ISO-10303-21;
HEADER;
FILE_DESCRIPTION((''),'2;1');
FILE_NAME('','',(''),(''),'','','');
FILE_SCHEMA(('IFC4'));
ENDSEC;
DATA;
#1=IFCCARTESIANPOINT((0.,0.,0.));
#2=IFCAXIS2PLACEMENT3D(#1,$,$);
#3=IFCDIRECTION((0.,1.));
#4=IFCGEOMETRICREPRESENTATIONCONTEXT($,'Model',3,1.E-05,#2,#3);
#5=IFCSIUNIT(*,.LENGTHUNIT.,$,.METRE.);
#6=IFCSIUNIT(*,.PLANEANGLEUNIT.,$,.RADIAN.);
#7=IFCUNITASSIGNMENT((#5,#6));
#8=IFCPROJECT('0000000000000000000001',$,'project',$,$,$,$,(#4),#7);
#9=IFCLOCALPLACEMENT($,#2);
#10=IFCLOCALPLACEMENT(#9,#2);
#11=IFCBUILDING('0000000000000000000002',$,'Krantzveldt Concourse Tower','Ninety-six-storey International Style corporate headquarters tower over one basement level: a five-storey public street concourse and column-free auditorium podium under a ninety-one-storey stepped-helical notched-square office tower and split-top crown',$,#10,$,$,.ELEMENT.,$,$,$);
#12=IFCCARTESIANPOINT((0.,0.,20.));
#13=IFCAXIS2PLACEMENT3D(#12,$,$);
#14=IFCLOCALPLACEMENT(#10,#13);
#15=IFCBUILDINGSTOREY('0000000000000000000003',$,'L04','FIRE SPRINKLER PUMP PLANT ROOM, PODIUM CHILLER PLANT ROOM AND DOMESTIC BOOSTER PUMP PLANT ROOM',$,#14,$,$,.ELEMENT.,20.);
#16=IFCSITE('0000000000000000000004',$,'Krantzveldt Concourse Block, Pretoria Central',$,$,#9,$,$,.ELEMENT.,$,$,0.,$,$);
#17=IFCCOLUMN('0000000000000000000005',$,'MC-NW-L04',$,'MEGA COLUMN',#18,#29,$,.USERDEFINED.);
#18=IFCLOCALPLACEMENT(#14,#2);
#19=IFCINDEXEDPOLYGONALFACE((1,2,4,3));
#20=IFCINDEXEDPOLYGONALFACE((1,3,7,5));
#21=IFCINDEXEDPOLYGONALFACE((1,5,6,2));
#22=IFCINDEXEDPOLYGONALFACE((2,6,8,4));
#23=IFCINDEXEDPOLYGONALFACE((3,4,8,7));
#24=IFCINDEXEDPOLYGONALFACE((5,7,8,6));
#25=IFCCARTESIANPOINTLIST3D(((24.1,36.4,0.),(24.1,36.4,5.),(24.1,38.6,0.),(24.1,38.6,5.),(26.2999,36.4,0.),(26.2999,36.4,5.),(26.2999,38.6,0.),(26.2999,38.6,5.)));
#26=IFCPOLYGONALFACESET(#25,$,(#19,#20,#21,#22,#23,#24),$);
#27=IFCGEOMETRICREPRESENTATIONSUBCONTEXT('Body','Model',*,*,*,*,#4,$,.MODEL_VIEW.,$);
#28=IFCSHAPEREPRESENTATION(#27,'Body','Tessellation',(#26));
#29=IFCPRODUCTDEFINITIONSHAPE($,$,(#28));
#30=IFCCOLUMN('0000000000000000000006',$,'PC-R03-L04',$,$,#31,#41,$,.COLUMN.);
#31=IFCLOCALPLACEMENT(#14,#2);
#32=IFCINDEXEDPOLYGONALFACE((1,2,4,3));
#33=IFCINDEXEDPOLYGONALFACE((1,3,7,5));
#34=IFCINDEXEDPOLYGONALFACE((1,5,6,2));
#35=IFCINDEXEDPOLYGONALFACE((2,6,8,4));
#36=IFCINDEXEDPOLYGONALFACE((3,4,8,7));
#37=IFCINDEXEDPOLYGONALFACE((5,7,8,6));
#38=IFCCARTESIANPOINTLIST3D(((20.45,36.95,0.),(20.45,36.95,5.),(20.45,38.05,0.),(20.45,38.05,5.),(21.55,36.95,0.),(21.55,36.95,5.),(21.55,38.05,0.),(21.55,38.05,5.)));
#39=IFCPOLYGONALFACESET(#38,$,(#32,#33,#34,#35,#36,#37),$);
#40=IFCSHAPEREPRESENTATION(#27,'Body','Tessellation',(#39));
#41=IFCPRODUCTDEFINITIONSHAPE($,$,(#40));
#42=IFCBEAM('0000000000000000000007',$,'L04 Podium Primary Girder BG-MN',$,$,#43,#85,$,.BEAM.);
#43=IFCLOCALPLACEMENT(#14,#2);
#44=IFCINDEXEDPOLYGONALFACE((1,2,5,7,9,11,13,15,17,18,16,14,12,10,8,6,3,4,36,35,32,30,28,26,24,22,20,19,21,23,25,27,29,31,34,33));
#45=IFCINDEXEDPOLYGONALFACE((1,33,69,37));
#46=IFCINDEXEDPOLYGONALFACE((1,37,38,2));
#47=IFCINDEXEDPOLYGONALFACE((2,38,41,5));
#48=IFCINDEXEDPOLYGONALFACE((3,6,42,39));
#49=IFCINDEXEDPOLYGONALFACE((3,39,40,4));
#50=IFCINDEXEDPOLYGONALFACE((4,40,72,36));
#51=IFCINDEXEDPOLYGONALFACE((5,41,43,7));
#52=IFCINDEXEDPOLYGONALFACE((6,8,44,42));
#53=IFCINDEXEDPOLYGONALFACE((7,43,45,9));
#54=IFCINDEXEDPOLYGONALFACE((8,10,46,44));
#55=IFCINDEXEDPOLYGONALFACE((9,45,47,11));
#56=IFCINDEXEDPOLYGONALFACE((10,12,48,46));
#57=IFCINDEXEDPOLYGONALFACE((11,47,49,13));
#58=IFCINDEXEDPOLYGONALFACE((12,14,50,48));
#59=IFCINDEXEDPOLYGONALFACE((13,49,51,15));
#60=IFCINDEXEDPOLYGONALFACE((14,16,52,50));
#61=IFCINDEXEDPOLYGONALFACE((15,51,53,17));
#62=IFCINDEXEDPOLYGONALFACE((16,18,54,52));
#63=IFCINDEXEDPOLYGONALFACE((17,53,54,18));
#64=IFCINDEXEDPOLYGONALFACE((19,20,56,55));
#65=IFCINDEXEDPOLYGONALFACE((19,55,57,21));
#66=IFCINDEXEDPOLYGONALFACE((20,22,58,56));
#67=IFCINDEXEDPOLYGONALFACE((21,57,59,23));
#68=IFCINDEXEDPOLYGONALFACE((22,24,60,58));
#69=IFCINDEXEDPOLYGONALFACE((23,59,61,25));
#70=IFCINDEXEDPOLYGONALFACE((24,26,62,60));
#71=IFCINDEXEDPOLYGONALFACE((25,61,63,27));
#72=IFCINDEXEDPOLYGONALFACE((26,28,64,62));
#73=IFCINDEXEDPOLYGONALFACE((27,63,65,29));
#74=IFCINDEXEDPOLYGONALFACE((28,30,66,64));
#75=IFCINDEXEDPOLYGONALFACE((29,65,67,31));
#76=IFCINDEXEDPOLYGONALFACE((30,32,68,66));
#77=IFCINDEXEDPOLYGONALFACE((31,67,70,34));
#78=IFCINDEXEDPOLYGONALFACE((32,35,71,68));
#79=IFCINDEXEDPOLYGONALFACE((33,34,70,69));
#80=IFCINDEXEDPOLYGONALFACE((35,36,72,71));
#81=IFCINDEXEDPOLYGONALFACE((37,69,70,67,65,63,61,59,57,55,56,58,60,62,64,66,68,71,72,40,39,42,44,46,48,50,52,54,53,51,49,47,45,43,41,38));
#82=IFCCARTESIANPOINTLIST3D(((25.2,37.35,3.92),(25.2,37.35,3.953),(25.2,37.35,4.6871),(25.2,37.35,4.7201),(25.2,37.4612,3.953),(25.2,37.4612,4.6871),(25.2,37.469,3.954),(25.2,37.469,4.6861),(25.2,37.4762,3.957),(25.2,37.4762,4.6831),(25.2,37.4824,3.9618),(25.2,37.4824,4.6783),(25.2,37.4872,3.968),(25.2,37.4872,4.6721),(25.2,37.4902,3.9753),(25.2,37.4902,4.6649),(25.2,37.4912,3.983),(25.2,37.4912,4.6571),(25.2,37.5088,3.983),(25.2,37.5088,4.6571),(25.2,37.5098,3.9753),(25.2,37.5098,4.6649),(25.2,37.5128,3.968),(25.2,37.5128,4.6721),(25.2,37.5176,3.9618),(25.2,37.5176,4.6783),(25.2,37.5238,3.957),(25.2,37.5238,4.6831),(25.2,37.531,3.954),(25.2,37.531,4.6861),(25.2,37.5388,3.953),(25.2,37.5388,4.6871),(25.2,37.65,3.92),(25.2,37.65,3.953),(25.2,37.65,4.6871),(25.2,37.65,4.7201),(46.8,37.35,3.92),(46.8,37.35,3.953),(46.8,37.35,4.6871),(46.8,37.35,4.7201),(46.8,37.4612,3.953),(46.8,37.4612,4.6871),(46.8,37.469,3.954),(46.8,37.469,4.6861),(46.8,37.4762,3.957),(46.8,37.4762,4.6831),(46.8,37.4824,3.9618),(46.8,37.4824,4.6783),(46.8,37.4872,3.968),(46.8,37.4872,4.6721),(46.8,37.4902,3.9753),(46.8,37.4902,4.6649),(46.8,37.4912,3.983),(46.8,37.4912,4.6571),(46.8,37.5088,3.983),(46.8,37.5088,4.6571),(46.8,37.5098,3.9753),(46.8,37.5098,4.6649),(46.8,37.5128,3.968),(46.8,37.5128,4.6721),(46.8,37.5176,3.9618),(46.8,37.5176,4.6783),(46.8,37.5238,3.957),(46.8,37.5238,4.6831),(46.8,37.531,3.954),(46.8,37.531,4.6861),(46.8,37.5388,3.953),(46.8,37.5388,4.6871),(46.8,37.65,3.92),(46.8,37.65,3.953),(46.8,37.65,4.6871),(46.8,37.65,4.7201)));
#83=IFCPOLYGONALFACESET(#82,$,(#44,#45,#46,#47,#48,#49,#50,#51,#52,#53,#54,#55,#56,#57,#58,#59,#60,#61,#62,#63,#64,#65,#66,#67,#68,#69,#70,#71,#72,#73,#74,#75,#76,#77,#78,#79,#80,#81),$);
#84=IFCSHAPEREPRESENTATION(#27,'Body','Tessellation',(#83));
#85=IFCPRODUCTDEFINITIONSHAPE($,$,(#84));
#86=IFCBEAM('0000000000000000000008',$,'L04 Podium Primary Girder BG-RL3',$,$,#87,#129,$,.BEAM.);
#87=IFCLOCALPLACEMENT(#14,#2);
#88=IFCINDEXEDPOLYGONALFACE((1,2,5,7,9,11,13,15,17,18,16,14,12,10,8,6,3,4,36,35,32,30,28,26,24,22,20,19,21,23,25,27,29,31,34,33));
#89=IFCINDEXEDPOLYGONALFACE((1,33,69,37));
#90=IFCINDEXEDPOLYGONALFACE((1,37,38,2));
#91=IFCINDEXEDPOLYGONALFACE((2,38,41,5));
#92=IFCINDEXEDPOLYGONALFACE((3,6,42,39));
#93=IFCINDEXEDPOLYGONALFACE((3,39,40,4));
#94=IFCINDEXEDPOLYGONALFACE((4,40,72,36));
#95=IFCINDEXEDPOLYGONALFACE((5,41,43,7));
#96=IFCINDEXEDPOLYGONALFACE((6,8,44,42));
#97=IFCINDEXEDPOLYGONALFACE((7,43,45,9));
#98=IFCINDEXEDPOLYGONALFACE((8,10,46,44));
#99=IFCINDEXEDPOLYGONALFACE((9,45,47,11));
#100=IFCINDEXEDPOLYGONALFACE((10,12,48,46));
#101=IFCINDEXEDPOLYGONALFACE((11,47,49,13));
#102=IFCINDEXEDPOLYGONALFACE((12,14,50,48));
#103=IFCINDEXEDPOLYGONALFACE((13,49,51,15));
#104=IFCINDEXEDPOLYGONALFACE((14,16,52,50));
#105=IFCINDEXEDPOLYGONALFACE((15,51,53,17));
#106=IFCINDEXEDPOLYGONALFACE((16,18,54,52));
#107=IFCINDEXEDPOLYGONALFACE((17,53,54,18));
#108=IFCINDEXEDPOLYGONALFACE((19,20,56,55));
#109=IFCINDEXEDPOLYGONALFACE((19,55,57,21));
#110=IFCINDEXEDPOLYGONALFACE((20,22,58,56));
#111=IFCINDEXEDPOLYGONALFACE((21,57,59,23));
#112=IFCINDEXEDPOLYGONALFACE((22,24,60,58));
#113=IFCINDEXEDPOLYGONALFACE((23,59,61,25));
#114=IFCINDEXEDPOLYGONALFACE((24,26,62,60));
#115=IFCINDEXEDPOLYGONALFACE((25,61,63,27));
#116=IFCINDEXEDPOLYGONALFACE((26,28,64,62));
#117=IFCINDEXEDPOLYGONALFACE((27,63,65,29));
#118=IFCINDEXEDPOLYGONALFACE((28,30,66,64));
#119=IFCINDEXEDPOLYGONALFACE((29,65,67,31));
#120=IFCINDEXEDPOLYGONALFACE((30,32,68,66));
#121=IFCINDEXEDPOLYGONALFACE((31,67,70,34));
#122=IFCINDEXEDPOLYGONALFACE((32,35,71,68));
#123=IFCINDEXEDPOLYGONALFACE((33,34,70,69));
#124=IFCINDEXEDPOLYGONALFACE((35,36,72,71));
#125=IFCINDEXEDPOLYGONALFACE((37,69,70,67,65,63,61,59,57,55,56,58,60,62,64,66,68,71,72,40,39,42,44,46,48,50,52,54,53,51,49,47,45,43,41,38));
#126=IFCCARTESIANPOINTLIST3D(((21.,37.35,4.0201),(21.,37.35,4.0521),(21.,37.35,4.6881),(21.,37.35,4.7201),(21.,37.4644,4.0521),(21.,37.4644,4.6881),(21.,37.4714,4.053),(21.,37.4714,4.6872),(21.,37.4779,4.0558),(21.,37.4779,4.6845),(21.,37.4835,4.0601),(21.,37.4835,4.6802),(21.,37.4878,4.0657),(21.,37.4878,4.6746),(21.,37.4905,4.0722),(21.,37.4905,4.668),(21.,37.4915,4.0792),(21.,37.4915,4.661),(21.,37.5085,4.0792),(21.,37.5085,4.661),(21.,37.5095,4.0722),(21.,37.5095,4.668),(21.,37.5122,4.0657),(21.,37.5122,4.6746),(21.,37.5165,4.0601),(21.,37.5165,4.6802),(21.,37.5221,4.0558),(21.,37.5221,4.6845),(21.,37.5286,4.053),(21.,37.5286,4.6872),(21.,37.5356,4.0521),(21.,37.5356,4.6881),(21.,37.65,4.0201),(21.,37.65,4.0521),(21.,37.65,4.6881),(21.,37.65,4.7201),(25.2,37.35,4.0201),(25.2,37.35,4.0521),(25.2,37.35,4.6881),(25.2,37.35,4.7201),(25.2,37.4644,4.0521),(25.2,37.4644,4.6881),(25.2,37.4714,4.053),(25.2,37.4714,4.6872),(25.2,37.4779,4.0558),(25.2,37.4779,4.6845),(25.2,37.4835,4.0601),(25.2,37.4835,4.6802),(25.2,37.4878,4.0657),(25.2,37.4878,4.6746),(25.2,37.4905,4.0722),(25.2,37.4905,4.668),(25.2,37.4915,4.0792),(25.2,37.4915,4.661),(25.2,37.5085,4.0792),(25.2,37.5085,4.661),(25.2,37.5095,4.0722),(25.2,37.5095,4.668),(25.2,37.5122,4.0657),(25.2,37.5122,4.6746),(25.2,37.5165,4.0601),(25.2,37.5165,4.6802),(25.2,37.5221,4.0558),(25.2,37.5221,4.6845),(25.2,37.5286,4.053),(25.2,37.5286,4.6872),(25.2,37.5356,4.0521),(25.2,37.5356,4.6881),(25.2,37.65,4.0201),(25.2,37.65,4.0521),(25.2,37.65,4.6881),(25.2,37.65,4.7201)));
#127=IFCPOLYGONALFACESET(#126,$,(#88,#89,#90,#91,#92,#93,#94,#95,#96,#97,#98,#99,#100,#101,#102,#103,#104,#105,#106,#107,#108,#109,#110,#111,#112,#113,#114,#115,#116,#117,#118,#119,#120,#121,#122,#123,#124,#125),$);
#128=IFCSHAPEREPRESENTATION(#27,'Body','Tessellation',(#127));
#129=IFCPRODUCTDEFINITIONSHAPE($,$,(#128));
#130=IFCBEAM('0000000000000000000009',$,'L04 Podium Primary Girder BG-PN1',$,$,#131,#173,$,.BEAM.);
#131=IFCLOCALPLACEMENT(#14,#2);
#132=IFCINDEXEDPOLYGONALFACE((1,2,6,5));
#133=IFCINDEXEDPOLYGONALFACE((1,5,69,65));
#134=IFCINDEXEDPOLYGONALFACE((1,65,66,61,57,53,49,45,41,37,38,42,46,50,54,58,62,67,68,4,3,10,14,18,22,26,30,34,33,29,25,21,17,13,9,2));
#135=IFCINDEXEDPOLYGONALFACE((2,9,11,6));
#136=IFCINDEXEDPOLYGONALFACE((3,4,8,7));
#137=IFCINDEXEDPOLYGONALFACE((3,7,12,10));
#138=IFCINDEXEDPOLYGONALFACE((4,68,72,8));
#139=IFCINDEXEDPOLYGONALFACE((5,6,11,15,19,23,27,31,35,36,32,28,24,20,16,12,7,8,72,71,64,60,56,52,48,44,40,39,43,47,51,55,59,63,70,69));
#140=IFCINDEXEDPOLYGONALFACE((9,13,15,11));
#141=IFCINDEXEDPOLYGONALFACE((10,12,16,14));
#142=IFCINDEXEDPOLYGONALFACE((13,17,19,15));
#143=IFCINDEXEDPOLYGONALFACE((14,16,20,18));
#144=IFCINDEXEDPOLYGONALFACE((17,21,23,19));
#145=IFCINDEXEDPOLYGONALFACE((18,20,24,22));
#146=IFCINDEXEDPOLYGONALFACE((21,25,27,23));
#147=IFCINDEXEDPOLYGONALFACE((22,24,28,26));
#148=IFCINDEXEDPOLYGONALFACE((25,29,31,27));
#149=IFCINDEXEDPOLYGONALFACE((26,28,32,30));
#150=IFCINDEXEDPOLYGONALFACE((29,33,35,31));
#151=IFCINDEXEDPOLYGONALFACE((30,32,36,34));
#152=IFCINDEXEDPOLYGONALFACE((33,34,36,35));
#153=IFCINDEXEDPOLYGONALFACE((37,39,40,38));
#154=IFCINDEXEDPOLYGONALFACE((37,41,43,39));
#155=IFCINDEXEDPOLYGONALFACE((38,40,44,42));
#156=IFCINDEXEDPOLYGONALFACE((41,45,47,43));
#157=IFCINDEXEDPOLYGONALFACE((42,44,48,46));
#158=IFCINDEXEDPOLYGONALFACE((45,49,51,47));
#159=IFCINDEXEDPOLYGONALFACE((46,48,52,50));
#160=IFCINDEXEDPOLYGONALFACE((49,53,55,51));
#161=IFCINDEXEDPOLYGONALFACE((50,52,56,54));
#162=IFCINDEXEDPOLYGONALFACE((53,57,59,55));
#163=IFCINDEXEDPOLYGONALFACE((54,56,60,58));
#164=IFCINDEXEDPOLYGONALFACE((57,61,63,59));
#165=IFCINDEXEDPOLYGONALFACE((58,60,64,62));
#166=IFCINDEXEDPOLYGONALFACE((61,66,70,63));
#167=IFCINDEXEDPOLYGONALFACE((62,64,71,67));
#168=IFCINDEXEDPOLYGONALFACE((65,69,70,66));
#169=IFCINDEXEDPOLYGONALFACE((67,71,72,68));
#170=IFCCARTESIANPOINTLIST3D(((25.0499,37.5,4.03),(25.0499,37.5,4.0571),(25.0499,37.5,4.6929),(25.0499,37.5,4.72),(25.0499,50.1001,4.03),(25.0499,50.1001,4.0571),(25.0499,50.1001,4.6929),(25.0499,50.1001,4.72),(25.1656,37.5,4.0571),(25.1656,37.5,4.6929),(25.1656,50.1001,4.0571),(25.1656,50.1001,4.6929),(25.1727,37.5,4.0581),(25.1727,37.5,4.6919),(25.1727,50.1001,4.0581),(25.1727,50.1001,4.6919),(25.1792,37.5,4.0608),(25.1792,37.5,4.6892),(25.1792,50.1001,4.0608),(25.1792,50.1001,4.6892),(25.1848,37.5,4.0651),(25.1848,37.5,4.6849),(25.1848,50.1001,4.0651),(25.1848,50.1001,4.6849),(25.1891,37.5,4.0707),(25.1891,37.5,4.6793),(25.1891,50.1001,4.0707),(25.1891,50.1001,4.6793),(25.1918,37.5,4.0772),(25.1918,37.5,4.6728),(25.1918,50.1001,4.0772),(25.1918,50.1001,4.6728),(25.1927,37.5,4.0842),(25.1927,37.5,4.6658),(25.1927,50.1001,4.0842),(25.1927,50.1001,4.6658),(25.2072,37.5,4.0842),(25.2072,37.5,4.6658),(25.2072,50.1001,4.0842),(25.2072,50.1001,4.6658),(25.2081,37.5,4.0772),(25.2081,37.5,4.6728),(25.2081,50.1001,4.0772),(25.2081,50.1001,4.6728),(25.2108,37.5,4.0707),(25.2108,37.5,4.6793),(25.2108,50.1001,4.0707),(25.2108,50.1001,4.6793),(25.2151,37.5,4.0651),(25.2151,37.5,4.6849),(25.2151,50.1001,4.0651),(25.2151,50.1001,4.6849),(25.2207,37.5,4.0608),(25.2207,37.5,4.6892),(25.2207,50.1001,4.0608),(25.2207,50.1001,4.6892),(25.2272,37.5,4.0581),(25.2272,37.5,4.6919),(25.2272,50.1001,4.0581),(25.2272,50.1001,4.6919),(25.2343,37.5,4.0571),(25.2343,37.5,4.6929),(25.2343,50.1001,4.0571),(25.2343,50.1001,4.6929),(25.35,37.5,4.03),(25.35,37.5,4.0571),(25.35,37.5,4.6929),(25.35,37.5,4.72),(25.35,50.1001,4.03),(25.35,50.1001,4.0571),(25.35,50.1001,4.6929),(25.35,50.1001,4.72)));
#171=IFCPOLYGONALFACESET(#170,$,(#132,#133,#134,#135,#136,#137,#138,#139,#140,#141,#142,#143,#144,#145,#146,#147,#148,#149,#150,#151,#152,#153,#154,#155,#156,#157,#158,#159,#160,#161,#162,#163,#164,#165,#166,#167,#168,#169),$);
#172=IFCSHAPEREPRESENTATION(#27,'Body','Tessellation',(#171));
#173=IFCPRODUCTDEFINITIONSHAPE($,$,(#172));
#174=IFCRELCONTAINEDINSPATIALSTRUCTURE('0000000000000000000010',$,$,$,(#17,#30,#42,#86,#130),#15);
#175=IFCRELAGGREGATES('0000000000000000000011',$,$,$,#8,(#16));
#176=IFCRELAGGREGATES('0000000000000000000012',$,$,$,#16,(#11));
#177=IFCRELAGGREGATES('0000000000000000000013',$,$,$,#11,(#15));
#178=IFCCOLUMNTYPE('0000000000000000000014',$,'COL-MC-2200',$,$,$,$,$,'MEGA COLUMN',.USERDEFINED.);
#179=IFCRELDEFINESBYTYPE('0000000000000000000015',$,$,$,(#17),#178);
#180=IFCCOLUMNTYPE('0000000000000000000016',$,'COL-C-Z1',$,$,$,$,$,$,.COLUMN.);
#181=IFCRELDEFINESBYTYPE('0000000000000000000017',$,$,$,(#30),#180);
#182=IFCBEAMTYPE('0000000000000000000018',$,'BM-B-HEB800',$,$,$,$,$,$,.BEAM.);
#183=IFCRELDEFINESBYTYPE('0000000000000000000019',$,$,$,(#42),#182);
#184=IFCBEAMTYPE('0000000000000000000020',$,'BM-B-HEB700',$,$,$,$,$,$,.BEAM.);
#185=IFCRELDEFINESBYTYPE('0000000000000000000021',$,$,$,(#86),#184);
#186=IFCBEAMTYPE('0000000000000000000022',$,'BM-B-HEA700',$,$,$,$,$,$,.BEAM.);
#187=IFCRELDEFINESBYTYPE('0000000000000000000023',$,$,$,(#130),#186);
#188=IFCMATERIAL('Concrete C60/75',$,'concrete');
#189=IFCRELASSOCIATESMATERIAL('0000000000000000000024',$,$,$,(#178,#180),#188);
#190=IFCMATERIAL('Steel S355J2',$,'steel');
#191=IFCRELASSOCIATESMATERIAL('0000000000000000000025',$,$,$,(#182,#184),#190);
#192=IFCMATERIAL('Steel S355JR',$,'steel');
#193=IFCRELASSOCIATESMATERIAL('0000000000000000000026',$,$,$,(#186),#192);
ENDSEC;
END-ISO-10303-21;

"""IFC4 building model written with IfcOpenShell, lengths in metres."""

from ifc_helpers import new_model, si_unit, direction, frame, origin, origin_2d, place, context, subcontext, project, spatial, rectangle, i_section, extrude, source, transform, mapped, material, material_profile, profile_set, type_object, type_shapes, element, save


model = new_model("IFC4")

# Units and contexts
model_context = context("Model", 3, precision=1e-05, world=origin(), true_north=direction((0.0, 1.0)))
body_context = subcontext(model_context, "Body", "Model", "MODEL_VIEW")
ifc_project = project(units=[si_unit("LENGTHUNIT", "METRE"), si_unit("PLANEANGLEUNIT", "RADIAN")], contexts=[model_context])

# Site, building, storey
site_placement = place(None, origin())
site = spatial("IfcSite", under=ifc_project, at=site_placement, Name="Krantzveldt Concourse Block, Pretoria Central", CompositionType="ELEMENT", RefElevation=0.0)
building_placement = place(site_placement, origin())
building = spatial("IfcBuilding", under=site, at=building_placement, Name="Krantzveldt Concourse Tower", Description="Ninety-six-storey International Style corporate headquarters tower over one basement level: a five-storey public street concourse and column-free auditorium podium under a ninety-one-storey stepped-helical notched-square office tower and split-top crown", CompositionType="ELEMENT")
storey_placement = place(building_placement, frame((0.0, 0.0, 20.0)))
storey = spatial("IfcBuildingStorey", under=building, at=storey_placement, Name="L04", Description="FIRE SPRINKLER PUMP PLANT ROOM, PODIUM CHILLER PLANT ROOM AND DOMESTIC BOOSTER PUMP PLANT ROOM", CompositionType="ELEMENT", Elevation=20.0)

# Columns
ifc_material_1 = material(Name="Concrete C60/75", Category="concrete")
ifc_material_profile_1 = material_profile(ifc_material_1, rectangle(XDim=2.2, YDim=2.2, at=origin_2d()), Name="Concrete C60/75", Category="concrete")
ifc_profile_set_1 = profile_set([ifc_material_profile_1], Name="Concrete C60/75 - RC 2200x2200")
column_type_1 = type_object("IfcColumnType", Name="COL-MC-2200", ElementType="MEGA COLUMN", PredefinedType="USERDEFINED", material=ifc_profile_set_1)
shared_shape_1 = source(origin(), body_context, "Body", "SweptSolid", [
    extrude(rectangle(XDim=2.2, YDim=2.2, at=origin_2d()), origin(), (0.0, 0.0, 1.0), 5.0),
])
type_shapes(column_type_1, [shared_shape_1])
column_1_placement = place(storey_placement, frame((25.2, 37.5, 0.0), z_axis=(0.0, 0.0, 1.0), x_axis=(1.0, 0.0, 0.0)))
element("IfcColumn", 1, at=column_1_placement, inside=storey, type_object=column_type_1, Name="MC-NW-L04", ObjectType="MEGA COLUMN", PredefinedType="USERDEFINED", context=body_context, shape_type="MappedRepresentation", body=[
    mapped(shared_shape_1, transform((0.0, 0.0, 0.0), x_axis=(1.0, 0.0, 0.0), y_axis=(0.0, 1.0, 0.0), z_axis=(0.0, 0.0, 1.0), scale=1.0)),
])
ifc_material_profile_2 = material_profile(ifc_material_1, rectangle(XDim=1.1001, YDim=1.1001, at=origin_2d()), Name="Concrete C60/75", Category="concrete")
ifc_profile_set_2 = profile_set([ifc_material_profile_2], Name="Concrete C60/75 - RC 1100x1100")
column_type_2 = type_object("IfcColumnType", Name="COL-C-Z1", PredefinedType="COLUMN", material=ifc_profile_set_2)
shared_shape_2 = source(origin(), body_context, "Body", "SweptSolid", [
    extrude(rectangle(XDim=1.1001, YDim=1.1001, at=origin_2d()), origin(), (0.0, 0.0, 1.0), 5.0),
])
type_shapes(column_type_2, [shared_shape_2])
column_2_placement = place(storey_placement, frame((21.0, 37.5, 0.0), z_axis=(0.0, 0.0, 1.0), x_axis=(1.0, 0.0, 0.0)))
element("IfcColumn", 2, at=column_2_placement, inside=storey, type_object=column_type_2, Name="PC-R03-L04", PredefinedType="COLUMN", context=body_context, shape_type="MappedRepresentation", body=[
    mapped(shared_shape_2, transform((0.0, 0.0, 0.0), x_axis=(1.0, 0.0, 0.0), y_axis=(0.0, 1.0, 0.0), z_axis=(0.0, 0.0, 1.0), scale=1.0)),
])

# Beams
ifc_material_2 = material(Name="Steel S355J2", Category="steel")
ifc_material_profile_3 = material_profile(ifc_material_2, i_section(OverallWidth=0.3, OverallDepth=0.8, WebThickness=0.0176, FlangeThickness=0.033, FilletRadius=0.03, at=origin_2d()), Name="Steel S355J2", Category="steel")
ifc_profile_set_3 = profile_set([ifc_material_profile_3], Name="Steel S355J2 - HEB 800")
beam_type_1 = type_object("IfcBeamType", Name="BM-B-HEB800", PredefinedType="BEAM", material=ifc_profile_set_3)
shared_shape_3 = source(origin(), body_context, "Body", "SweptSolid", [
    extrude(i_section(OverallWidth=0.3, OverallDepth=0.8, WebThickness=0.0176, FlangeThickness=0.033, FilletRadius=0.03, at=origin_2d()), origin(), (0.0, 0.0, 1.0), 21.6001),
])
type_shapes(beam_type_1, [shared_shape_3])
beam_1_placement = place(storey_placement, frame((25.2, 37.5, 4.3201), z_axis=(1.0, 0.0, 0.0), x_axis=(0.0, 1.0, 0.0)))
element("IfcBeam", 3, at=beam_1_placement, inside=storey, type_object=beam_type_1, Name="L04 Podium Primary Girder BG-MN", PredefinedType="BEAM", context=body_context, shape_type="MappedRepresentation", body=[
    mapped(shared_shape_3, transform((0.0, 0.0, 0.0), x_axis=(1.0, 0.0, 0.0), y_axis=(0.0, 1.0, 0.0), z_axis=(0.0, 0.0, 1.0), scale=1.0)),
])
ifc_material_profile_4 = material_profile(ifc_material_2, i_section(OverallWidth=0.3, OverallDepth=0.7, WebThickness=0.0171, FlangeThickness=0.032, FilletRadius=0.0271, at=origin_2d()), Name="Steel S355J2", Category="steel")
ifc_profile_set_4 = profile_set([ifc_material_profile_4], Name="Steel S355J2 - HEB 700")
beam_type_2 = type_object("IfcBeamType", Name="BM-B-HEB700", PredefinedType="BEAM", material=ifc_profile_set_4)
shared_shape_4 = source(origin(), body_context, "Body", "SweptSolid", [
    extrude(i_section(OverallWidth=0.3, OverallDepth=0.7, WebThickness=0.0171, FlangeThickness=0.032, FilletRadius=0.0271, at=origin_2d()), origin(), (0.0, 0.0, 1.0), 4.2),
])
type_shapes(beam_type_2, [shared_shape_4])
beam_2_placement = place(storey_placement, frame((21.0, 37.5, 4.3701), z_axis=(1.0, 0.0, 0.0), x_axis=(0.0, 1.0, 0.0)))
element("IfcBeam", 4, at=beam_2_placement, inside=storey, type_object=beam_type_2, Name="L04 Podium Primary Girder BG-RL3", PredefinedType="BEAM", context=body_context, shape_type="MappedRepresentation", body=[
    mapped(shared_shape_4, transform((0.0, 0.0, 0.0), x_axis=(1.0, 0.0, 0.0), y_axis=(0.0, 1.0, 0.0), z_axis=(0.0, 0.0, 1.0), scale=1.0)),
])
ifc_material_3 = material(Name="Steel S355JR", Category="steel")
ifc_material_profile_5 = material_profile(ifc_material_3, i_section(OverallWidth=0.3, OverallDepth=0.6899, WebThickness=0.0144, FlangeThickness=0.0271, FilletRadius=0.0271, at=origin_2d()), Name="Steel S355JR", Category="steel")
ifc_profile_set_5 = profile_set([ifc_material_profile_5], Name="Steel S355JR - HEA 700")
beam_type_3 = type_object("IfcBeamType", Name="BM-B-HEA700", PredefinedType="BEAM", material=ifc_profile_set_5)
shared_shape_5 = source(origin(), body_context, "Body", "SweptSolid", [
    extrude(i_section(OverallWidth=0.3, OverallDepth=0.6899, WebThickness=0.0144, FlangeThickness=0.0271, FilletRadius=0.0271, at=origin_2d()), origin(), (0.0, 0.0, 1.0), 12.6001),
])
type_shapes(beam_type_3, [shared_shape_5])
beam_3_placement = place(storey_placement, frame((25.2, 37.5, 4.375), z_axis=(0.0, 1.0, 0.0), x_axis=(-1.0, 0.0, 0.0)))
element("IfcBeam", 5, at=beam_3_placement, inside=storey, type_object=beam_type_3, Name="L04 Podium Primary Girder BG-PN1", PredefinedType="BEAM", context=body_context, shape_type="MappedRepresentation", body=[
    mapped(shared_shape_5, transform((0.0, 0.0, 0.0), x_axis=(1.0, 0.0, 0.0), y_axis=(0.0, 1.0, 0.0), z_axis=(0.0, 0.0, 1.0), scale=1.0)),
])

save(model, "model.ifc")
